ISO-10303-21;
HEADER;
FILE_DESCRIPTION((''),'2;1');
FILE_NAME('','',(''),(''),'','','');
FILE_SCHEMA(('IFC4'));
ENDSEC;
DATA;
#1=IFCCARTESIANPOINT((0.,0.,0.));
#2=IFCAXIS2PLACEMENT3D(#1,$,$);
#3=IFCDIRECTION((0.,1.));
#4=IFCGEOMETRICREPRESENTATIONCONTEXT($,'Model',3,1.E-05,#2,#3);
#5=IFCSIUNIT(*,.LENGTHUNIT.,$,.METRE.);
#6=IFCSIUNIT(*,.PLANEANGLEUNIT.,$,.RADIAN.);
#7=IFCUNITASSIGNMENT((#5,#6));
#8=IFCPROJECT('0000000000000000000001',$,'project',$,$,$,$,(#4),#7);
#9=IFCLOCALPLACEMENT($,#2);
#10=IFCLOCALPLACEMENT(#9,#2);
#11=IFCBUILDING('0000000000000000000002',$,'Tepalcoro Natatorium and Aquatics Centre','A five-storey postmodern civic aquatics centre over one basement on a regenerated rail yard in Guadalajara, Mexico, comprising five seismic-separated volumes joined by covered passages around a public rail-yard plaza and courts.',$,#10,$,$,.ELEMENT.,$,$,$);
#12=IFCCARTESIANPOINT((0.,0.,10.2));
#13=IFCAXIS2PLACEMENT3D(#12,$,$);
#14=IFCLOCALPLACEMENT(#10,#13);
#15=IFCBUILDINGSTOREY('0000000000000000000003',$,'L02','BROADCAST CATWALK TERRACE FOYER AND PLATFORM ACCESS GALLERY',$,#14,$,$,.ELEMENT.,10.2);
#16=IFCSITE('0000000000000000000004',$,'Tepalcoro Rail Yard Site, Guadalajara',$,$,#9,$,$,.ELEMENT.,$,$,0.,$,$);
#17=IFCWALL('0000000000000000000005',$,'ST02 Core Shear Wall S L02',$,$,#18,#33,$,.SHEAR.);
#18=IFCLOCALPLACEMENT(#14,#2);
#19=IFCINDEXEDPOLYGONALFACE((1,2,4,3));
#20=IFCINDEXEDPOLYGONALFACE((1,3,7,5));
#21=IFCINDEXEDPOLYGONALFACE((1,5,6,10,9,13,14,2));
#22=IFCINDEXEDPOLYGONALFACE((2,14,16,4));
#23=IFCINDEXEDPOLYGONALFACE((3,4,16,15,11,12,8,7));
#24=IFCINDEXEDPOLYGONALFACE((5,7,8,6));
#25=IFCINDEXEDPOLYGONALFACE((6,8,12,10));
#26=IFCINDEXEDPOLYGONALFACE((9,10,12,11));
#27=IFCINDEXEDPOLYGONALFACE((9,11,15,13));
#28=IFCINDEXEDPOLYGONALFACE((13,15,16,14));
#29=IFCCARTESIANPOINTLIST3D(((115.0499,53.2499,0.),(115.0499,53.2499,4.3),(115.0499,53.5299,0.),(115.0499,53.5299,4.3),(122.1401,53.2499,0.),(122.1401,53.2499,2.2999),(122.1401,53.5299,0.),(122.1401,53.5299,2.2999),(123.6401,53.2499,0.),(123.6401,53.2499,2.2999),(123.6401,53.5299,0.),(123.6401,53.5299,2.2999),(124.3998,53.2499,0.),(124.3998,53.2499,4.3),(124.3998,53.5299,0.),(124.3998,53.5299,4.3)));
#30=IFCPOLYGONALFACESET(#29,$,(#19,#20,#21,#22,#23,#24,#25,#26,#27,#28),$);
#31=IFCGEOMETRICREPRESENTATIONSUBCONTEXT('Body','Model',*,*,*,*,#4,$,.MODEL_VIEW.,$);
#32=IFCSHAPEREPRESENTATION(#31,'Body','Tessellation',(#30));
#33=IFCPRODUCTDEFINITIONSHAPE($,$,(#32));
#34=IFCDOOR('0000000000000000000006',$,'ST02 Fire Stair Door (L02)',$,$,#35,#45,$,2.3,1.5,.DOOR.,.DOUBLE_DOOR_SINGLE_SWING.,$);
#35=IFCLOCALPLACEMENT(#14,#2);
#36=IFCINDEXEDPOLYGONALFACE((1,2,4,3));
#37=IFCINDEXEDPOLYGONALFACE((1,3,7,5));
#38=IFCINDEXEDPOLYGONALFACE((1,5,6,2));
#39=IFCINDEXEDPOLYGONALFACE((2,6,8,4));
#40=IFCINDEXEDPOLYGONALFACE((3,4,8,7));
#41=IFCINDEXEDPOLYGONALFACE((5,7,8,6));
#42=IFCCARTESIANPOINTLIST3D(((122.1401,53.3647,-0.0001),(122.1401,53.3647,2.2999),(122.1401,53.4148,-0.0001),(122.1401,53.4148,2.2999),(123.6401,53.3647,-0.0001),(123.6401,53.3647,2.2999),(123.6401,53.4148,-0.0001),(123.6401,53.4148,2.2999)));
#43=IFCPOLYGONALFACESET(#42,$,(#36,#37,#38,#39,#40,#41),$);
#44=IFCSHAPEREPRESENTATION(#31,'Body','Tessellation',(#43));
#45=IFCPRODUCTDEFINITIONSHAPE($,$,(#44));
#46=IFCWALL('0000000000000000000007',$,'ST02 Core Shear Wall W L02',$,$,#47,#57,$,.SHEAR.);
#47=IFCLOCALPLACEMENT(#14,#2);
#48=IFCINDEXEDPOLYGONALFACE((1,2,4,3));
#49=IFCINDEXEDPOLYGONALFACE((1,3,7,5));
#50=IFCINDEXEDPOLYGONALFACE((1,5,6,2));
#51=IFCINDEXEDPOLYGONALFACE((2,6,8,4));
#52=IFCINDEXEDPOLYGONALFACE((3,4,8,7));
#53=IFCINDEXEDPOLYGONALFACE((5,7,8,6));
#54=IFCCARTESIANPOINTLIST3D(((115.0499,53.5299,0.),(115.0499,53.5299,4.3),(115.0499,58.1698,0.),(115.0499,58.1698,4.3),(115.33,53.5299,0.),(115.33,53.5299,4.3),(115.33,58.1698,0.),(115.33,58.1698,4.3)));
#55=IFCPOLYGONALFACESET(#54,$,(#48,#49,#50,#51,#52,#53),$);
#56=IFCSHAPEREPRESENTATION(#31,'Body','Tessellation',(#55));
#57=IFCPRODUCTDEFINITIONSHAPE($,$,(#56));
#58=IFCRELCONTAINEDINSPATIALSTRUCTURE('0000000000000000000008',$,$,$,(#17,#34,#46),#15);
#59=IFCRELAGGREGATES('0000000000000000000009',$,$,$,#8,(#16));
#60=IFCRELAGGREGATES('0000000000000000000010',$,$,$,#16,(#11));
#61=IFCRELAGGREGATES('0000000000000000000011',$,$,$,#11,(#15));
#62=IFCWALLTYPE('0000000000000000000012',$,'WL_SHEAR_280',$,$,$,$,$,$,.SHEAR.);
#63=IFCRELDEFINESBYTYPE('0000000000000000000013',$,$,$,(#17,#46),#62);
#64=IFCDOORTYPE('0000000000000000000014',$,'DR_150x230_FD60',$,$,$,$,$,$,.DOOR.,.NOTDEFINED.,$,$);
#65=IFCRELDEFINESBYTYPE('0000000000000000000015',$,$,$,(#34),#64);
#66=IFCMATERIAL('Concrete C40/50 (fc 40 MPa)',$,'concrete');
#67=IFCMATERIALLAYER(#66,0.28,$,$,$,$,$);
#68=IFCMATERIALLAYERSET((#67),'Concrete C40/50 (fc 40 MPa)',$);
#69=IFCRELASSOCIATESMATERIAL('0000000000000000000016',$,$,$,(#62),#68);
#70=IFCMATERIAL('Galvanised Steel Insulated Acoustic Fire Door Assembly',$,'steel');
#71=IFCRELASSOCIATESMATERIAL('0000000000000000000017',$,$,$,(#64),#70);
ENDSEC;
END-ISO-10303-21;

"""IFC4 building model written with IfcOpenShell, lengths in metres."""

from ifc_helpers import new_model, si_unit, direction, frame, frame_2d, origin, place, context, subcontext, project, spatial, rectangle, extrude, material, layer, layer_set, type_object, element, fill, save


model = new_model("IFC4")

# Units and contexts
model_context = context("Model", 3, precision=1e-05, world=origin(), true_north=direction((0.0, 1.0)))
body_context = subcontext(model_context, "Body", "Model", "MODEL_VIEW")
ifc_project = project(units=[si_unit("LENGTHUNIT", "METRE"), si_unit("PLANEANGLEUNIT", "RADIAN")], contexts=[model_context])

# Site, building, storey
site_placement = place(None, origin())
site = spatial("IfcSite", under=ifc_project, at=site_placement, Name="Tepalcoro Rail Yard Site, Guadalajara", CompositionType="ELEMENT", RefElevation=0.0)
building_placement = place(site_placement, origin())
building = spatial("IfcBuilding", under=site, at=building_placement, Name="Tepalcoro Natatorium and Aquatics Centre", Description="A five-storey postmodern civic aquatics centre over one basement on a regenerated rail yard in Guadalajara, Mexico, comprising five seismic-separated volumes joined by covered passages around a public rail-yard plaza and courts.", CompositionType="ELEMENT")
storey_placement = place(building_placement, frame((0.0, 0.0, 10.2)))
storey = spatial("IfcBuildingStorey", under=building, at=storey_placement, Name="L02", Description="BROADCAST CATWALK TERRACE FOYER AND PLATFORM ACCESS GALLERY", CompositionType="ELEMENT", Elevation=10.2)

# Wall, opening, door
ifc_material_1 = material(Name="Concrete C40/50 (fc 40 MPa)", Category="concrete")
ifc_layer_1 = layer(ifc_material_1, 0.28)
ifc_layer_set_1 = layer_set([ifc_layer_1], Name="Concrete C40/50 (fc 40 MPa)")
wall_type = type_object("IfcWallType", Name="WL_SHEAR_280", PredefinedType="SHEAR", material=ifc_layer_set_1)
wall_1_placement = place(storey_placement, frame((115.05, 53.3899, 0.0), z_axis=(0.0, 0.0, 1.0), x_axis=(1.0, 0.0, 0.0)))
wall_1 = element("IfcWall", 1, at=wall_1_placement, inside=storey, type_object=wall_type, Name="ST02 Core Shear Wall S L02", PredefinedType="SHEAR", context=body_context, shape_type="SweptSolid", body=[
    extrude(rectangle(XDim=9.3499, YDim=0.28, at=frame_2d((4.6748, 0.0))), origin(), (0.0, 0.0, 1.0), 4.3),
])
opening_placement = place(wall_1_placement, frame((7.0901, 0.0, 0.0)))
opening = element("IfcOpeningElement", 2, at=opening_placement, cuts=wall_1, PredefinedType="OPENING", context=body_context, shape_type="SweptSolid", body=[
    extrude(rectangle(XDim=1.5, YDim=2.3, at=frame_2d((0.75, 1.1499))), frame((0.0, 0.1519, 0.0), z_axis=(0.0, -1.0, 0.0), x_axis=(1.0, 0.0, 0.0)), (0.0, 0.0, 1.0), 0.304),
])
ifc_material_2 = material(Name="Galvanised Steel Insulated Acoustic Fire Door Assembly", Category="steel")
door_type = type_object("IfcDoorType", Name="DR_150x230_FD60", OperationType="NOTDEFINED", PredefinedType="DOOR", material=ifc_material_2)
door_placement = place(opening_placement, origin())
door = element("IfcDoor", 3, at=door_placement, inside=storey, type_object=door_type, Name="ST02 Fire Stair Door (L02)", OperationType="DOUBLE_DOOR_SINGLE_SWING", OverallHeight=2.3, OverallWidth=1.5, PredefinedType="DOOR", context=body_context, shape_type="SweptSolid", body=[
    extrude(rectangle(XDim=1.5, YDim=2.3, at=frame_2d((0.75, 1.1499))), frame((0.0, 0.0249, 0.0), z_axis=(0.0, -1.0, 0.0), x_axis=(1.0, 0.0, 0.0)), (0.0, 0.0, 1.0), 0.05),
])
fill(opening, door)

# Wall
wall_2_placement = place(storey_placement, frame((115.1899, 53.53, 0.0), z_axis=(0.0, 0.0, 1.0), x_axis=(0.0, 1.0, 0.0)))
element("IfcWall", 4, at=wall_2_placement, inside=storey, type_object=wall_type, Name="ST02 Core Shear Wall W L02", PredefinedType="SHEAR", context=body_context, shape_type="SweptSolid", body=[
    extrude(rectangle(XDim=4.6399, YDim=0.28, at=frame_2d((2.3198, 0.0))), origin(), (0.0, 0.0, 1.0), 4.3),
])

save(model, "model.ifc")
